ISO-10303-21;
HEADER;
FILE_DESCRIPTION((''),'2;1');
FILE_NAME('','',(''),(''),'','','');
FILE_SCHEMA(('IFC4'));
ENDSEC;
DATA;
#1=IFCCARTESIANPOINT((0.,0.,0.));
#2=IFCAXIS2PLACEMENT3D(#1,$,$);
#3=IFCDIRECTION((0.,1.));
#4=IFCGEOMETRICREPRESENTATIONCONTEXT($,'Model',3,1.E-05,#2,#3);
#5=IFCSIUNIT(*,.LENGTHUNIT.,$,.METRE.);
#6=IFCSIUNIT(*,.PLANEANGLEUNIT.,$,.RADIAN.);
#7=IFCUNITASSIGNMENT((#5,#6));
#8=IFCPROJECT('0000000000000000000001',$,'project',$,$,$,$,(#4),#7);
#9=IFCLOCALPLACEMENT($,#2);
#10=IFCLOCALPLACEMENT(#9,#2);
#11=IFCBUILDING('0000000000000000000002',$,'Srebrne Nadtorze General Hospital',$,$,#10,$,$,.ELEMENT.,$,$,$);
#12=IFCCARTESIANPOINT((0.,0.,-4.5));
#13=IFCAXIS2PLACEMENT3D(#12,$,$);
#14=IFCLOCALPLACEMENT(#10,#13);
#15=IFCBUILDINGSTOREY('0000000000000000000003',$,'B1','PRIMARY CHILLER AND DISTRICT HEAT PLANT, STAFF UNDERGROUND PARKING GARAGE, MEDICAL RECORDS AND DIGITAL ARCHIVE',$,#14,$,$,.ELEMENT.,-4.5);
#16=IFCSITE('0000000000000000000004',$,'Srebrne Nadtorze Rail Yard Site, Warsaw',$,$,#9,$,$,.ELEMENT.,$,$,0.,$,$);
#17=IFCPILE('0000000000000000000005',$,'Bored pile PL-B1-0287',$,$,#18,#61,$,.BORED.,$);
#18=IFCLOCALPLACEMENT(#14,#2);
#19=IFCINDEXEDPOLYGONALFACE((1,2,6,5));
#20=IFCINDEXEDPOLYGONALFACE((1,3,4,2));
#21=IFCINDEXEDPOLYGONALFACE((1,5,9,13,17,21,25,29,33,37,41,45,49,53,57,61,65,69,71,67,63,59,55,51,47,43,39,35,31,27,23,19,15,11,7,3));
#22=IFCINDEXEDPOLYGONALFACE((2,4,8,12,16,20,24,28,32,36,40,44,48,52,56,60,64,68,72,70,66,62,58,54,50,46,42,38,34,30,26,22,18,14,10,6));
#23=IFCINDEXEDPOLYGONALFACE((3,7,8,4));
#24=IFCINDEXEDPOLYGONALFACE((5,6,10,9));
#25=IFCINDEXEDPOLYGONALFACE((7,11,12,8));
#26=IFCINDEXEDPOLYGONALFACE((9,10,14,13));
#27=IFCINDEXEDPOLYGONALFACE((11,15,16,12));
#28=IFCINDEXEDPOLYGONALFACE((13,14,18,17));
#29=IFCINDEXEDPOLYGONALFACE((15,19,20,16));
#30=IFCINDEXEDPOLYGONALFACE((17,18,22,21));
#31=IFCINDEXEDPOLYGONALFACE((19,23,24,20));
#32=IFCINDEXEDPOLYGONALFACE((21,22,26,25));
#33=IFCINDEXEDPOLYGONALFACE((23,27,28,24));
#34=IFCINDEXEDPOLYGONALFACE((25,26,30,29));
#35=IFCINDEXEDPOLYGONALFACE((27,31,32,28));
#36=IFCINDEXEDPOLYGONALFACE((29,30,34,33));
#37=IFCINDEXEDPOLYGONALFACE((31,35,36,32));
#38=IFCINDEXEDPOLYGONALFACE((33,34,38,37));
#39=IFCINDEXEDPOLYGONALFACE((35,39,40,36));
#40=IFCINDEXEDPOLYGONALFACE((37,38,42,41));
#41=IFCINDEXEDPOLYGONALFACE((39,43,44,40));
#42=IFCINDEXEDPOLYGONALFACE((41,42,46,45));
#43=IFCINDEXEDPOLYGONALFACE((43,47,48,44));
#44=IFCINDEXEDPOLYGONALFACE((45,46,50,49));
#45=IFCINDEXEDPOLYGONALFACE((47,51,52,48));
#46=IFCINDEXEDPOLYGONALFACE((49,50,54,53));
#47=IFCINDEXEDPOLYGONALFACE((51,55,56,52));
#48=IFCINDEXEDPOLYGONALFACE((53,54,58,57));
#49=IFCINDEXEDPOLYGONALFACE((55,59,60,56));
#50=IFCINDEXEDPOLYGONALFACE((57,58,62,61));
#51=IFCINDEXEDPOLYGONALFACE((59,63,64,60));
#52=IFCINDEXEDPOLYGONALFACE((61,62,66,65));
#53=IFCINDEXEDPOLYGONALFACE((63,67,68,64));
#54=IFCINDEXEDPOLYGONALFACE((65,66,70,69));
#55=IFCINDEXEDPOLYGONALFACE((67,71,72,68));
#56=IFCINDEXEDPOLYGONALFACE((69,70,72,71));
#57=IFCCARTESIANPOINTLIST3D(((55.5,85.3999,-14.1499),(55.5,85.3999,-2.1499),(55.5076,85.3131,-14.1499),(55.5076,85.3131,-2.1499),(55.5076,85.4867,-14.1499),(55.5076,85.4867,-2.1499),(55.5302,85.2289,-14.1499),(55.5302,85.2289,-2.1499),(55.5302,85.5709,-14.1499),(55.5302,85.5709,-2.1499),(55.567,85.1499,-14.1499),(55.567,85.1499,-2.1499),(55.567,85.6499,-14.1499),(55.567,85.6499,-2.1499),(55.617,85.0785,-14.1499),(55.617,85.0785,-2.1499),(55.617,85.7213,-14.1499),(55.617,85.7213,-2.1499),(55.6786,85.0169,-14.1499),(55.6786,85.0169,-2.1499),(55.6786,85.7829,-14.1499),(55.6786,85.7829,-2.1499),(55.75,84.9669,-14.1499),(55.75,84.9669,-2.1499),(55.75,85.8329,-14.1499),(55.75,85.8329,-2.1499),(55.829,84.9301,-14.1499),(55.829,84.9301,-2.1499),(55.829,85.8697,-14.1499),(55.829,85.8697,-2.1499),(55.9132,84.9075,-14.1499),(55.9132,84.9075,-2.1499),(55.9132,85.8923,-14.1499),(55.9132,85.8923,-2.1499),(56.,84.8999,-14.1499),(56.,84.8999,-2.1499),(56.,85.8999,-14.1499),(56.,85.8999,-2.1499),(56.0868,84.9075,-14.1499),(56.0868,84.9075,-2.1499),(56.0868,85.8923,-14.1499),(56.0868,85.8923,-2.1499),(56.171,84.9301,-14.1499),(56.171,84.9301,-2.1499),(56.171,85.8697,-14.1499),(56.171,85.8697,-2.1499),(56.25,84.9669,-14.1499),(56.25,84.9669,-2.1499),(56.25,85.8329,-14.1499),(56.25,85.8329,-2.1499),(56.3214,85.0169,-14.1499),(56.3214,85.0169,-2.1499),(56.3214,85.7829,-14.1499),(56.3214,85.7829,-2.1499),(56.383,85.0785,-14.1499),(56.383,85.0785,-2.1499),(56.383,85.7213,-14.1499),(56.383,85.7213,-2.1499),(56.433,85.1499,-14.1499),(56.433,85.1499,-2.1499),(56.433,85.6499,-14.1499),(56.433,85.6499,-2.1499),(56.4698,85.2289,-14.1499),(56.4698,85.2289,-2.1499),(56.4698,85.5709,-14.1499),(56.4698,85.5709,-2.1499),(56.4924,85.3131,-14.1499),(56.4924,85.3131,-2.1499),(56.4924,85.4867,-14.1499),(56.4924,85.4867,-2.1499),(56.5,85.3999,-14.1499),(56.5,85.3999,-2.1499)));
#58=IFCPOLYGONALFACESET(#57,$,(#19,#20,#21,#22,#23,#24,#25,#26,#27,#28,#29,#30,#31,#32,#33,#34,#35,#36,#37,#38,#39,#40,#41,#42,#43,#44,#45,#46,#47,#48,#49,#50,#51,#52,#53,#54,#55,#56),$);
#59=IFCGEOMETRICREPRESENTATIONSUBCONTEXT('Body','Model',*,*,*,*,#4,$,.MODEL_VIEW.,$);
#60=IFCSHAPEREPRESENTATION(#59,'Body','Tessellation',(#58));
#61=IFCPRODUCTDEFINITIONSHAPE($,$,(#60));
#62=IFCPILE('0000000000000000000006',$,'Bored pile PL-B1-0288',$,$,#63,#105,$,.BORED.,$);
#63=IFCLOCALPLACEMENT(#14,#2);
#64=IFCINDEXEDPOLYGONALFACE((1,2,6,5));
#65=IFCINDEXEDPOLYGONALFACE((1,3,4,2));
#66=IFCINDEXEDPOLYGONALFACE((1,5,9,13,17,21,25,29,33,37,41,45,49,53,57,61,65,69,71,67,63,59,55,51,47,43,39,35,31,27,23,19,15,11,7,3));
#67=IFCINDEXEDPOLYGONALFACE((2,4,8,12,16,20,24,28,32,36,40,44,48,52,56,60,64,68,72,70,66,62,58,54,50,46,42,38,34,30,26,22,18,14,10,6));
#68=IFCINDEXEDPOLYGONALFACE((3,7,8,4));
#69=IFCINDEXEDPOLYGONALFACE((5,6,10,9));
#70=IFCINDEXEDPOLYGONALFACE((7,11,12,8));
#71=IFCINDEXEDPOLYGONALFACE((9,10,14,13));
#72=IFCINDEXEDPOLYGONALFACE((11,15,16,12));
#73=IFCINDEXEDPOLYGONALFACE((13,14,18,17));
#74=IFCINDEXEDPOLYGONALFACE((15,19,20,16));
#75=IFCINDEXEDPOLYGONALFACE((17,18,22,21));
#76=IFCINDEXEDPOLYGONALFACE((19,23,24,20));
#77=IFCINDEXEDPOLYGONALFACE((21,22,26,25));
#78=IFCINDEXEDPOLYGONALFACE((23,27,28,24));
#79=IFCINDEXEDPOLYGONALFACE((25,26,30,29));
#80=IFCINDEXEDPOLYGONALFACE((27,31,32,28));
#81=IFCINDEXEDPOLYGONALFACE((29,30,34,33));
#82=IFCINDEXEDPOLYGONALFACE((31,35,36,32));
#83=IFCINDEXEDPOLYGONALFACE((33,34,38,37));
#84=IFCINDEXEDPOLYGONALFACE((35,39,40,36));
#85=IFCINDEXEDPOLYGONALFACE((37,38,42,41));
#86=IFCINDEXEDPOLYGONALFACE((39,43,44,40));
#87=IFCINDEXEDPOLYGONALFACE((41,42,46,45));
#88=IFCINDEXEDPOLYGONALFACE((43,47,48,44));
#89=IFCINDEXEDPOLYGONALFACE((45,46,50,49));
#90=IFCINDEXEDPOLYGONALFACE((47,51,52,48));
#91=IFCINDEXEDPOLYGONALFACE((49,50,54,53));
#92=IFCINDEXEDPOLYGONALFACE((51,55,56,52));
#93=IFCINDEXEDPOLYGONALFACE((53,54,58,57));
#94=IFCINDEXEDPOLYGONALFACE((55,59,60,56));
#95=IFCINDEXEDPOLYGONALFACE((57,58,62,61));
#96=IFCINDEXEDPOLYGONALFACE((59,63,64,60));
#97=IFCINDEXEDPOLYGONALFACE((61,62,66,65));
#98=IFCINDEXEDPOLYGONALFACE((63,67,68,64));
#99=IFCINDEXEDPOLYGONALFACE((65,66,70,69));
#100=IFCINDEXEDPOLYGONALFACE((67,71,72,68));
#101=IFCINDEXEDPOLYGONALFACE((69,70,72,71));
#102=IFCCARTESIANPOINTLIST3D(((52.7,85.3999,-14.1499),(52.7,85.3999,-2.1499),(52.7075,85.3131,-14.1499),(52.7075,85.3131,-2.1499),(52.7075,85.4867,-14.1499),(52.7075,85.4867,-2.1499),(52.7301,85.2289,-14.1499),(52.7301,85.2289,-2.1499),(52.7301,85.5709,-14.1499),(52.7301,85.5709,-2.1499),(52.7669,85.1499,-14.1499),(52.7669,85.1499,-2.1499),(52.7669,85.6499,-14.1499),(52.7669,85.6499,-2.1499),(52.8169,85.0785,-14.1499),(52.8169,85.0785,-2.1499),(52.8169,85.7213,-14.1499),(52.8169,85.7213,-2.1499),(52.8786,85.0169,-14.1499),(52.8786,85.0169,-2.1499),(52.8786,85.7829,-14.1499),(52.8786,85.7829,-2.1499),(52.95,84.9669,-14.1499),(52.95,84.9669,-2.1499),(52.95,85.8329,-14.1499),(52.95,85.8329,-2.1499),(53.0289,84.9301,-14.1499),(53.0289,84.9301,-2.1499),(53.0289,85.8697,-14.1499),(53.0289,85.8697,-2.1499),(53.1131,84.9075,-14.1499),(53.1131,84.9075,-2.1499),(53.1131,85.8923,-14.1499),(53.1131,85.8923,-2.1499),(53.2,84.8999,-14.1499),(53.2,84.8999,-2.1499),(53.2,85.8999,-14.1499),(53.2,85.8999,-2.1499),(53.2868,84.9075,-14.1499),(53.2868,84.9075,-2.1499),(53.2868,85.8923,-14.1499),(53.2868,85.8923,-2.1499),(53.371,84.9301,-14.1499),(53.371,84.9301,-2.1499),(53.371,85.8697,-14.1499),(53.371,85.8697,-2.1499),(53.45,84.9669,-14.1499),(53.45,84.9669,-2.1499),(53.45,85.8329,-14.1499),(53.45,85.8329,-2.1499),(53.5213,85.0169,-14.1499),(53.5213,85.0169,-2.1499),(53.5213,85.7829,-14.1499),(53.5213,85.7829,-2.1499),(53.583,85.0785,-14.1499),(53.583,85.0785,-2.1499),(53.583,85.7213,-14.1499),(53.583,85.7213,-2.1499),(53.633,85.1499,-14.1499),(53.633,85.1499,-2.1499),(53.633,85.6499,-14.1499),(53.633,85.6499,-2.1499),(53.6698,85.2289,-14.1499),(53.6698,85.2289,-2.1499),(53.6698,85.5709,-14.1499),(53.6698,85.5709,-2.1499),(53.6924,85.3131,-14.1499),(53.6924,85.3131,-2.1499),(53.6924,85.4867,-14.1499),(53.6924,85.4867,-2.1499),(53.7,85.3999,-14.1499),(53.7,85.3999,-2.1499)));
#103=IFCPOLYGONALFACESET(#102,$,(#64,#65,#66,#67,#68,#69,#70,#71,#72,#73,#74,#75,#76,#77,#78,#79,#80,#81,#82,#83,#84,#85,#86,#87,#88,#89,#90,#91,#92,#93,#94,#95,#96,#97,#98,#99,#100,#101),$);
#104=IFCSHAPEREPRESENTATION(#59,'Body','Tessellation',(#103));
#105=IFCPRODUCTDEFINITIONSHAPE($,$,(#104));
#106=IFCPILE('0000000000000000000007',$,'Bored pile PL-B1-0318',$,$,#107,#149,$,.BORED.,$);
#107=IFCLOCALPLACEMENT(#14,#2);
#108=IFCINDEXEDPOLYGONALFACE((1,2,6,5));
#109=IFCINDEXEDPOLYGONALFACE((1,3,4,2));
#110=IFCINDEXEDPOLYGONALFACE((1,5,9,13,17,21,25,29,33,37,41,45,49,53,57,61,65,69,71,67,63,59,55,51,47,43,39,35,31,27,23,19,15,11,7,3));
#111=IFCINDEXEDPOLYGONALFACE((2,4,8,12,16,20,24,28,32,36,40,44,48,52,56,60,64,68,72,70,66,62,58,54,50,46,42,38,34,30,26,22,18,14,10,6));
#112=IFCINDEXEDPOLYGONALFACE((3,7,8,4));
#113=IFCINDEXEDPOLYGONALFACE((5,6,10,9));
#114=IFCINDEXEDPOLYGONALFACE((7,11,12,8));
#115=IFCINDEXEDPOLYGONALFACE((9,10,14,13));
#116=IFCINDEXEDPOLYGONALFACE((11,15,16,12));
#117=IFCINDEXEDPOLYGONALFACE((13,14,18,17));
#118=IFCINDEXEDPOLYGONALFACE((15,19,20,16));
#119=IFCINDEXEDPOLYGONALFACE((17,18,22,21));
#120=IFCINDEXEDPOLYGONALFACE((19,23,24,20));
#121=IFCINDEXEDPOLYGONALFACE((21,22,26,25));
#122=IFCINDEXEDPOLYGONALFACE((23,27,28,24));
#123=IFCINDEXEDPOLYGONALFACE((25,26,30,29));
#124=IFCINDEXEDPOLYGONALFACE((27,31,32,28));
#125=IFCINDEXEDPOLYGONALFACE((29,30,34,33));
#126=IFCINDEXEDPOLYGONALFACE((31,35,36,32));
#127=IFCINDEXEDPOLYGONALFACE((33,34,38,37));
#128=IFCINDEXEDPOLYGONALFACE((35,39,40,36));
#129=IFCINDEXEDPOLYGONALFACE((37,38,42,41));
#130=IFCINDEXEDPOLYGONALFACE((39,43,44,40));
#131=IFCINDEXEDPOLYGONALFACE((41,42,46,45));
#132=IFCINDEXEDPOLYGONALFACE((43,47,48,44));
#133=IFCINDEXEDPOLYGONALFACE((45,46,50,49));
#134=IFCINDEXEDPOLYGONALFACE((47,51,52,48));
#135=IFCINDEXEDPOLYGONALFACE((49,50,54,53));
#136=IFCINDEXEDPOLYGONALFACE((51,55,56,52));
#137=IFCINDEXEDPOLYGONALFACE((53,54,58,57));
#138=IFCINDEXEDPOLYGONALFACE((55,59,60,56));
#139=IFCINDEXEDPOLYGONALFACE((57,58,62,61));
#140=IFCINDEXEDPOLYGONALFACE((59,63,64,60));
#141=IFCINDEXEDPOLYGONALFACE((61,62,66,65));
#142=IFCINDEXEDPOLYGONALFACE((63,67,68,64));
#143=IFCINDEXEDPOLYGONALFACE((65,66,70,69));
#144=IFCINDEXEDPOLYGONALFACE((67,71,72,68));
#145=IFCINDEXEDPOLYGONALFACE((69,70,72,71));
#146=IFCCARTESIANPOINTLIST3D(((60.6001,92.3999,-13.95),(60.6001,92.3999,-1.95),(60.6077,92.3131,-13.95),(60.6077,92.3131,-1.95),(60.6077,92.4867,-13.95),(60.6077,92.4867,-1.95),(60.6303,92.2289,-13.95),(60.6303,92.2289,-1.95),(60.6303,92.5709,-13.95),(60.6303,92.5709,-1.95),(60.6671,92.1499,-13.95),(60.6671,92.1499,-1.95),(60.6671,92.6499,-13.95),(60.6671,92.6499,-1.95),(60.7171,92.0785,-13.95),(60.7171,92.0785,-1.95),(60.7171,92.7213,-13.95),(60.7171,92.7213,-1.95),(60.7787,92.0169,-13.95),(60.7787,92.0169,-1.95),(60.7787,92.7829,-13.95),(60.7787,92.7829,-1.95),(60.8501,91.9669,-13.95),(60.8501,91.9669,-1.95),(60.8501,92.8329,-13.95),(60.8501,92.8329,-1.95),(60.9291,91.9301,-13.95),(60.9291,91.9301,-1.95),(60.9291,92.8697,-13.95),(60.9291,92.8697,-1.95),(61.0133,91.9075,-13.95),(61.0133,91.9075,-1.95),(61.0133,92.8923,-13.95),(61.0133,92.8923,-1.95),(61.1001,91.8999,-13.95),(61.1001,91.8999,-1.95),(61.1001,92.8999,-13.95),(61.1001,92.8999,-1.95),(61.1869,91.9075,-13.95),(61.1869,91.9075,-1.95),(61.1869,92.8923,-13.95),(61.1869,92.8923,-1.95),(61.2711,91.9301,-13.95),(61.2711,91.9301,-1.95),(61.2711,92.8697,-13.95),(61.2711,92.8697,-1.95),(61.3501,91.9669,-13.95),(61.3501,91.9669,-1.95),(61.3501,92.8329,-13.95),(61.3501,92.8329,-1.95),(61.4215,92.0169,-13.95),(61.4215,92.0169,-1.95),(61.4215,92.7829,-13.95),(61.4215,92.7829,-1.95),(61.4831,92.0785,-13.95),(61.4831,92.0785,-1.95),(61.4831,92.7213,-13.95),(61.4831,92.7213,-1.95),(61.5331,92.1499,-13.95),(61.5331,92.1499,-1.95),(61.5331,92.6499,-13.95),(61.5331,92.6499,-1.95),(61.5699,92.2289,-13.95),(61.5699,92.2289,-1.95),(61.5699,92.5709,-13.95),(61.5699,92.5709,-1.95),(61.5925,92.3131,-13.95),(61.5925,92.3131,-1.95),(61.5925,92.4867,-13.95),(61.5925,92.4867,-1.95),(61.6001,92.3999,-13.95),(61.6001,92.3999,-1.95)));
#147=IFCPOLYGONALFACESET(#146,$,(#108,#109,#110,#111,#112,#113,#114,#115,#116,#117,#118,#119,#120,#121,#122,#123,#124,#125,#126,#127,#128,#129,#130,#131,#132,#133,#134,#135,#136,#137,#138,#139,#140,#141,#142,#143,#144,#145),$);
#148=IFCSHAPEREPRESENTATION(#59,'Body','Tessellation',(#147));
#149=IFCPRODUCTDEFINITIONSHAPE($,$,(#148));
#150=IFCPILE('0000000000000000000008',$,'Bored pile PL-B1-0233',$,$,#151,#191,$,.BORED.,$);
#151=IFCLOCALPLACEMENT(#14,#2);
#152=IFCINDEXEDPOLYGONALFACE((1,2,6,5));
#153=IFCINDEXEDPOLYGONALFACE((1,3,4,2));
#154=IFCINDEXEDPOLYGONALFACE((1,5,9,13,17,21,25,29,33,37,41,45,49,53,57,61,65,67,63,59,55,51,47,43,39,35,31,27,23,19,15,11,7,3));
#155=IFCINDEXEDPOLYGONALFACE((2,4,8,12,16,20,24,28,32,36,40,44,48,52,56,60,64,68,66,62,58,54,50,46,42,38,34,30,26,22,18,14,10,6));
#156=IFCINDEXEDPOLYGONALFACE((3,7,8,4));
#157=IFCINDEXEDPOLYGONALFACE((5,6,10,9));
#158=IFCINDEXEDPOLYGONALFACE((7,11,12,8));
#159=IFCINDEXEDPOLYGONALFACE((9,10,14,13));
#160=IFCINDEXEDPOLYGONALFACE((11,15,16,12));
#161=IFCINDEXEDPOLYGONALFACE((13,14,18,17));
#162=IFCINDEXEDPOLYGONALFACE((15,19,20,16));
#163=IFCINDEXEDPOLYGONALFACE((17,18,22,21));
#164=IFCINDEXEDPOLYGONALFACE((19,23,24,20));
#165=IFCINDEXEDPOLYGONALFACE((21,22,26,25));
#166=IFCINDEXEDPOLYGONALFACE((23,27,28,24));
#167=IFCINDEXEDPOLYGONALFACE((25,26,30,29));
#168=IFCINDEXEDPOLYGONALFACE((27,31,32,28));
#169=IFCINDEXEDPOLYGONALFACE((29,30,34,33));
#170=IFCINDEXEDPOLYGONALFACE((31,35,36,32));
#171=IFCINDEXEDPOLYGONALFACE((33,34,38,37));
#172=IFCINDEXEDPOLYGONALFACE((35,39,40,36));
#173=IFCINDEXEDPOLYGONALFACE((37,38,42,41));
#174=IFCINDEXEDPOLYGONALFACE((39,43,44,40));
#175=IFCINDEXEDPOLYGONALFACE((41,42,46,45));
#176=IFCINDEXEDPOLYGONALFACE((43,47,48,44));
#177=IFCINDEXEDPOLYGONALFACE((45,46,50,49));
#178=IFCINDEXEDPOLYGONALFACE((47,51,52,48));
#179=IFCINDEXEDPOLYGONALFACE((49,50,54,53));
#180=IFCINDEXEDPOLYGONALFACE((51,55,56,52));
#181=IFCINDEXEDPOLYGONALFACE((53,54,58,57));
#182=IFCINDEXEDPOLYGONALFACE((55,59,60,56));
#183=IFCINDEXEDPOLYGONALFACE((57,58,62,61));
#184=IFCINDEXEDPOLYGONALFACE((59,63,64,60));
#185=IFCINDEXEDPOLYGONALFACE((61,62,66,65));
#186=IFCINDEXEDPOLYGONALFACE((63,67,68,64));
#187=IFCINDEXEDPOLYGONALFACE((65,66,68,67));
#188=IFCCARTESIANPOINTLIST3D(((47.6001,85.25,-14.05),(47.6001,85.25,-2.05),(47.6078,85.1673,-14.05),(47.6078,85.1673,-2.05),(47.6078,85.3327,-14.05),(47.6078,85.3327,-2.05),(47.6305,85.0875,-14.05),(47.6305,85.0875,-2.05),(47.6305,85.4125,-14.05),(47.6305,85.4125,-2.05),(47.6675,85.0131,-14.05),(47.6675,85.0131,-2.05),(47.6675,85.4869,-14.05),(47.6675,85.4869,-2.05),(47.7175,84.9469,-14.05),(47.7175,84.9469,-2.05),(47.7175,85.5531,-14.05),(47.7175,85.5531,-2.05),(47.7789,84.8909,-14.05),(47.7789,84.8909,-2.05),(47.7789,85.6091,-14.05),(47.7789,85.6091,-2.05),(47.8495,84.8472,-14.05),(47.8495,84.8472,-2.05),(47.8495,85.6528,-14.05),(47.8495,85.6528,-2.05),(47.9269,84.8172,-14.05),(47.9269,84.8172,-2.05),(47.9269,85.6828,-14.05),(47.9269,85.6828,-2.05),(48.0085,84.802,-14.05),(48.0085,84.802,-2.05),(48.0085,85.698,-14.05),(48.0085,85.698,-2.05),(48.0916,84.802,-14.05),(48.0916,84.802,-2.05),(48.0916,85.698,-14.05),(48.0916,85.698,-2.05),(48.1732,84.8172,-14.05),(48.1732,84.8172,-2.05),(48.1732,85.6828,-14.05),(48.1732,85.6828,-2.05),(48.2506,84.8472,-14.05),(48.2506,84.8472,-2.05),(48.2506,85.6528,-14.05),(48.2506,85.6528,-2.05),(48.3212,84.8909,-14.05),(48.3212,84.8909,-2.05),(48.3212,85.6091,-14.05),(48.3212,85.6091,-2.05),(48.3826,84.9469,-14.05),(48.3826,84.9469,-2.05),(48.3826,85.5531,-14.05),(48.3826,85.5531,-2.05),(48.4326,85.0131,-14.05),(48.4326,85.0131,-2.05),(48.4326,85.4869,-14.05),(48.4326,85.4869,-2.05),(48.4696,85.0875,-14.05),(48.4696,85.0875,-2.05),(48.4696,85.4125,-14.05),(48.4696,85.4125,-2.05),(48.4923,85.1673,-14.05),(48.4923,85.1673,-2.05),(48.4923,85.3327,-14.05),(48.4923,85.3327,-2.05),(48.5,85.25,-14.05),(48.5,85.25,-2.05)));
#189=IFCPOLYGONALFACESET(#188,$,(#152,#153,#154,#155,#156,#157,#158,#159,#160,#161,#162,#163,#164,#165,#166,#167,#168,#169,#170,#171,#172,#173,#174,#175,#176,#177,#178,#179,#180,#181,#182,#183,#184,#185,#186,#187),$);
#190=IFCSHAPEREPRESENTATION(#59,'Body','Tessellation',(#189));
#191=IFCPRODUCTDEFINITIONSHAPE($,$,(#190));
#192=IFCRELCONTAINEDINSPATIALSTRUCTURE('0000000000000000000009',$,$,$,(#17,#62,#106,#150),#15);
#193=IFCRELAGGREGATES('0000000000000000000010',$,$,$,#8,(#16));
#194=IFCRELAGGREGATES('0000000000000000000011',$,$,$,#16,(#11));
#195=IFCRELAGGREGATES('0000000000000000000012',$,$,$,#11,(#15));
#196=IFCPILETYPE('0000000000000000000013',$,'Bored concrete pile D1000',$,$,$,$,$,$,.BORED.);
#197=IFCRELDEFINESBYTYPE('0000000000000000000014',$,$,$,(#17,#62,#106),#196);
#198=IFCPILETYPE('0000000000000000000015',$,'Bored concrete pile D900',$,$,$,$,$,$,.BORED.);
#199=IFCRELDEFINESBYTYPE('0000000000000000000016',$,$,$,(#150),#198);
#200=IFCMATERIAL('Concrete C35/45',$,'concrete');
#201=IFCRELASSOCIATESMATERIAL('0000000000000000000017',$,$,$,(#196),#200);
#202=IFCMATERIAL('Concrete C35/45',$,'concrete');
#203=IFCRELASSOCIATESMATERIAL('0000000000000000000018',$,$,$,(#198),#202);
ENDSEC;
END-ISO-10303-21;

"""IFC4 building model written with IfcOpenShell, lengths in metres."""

from ifc_helpers import new_model, si_unit, direction, frame, origin, origin_2d, place, context, subcontext, project, spatial, circle, extrude, material, material_profile, profile_set, type_object, element, save


model = new_model("IFC4")

# Units and contexts
model_context = context("Model", 3, precision=1e-05, world=origin(), true_north=direction((0.0, 1.0)))
body_context = subcontext(model_context, "Body", "Model", "MODEL_VIEW")
ifc_project = project(units=[si_unit("LENGTHUNIT", "METRE"), si_unit("PLANEANGLEUNIT", "RADIAN")], contexts=[model_context])

# Site, building, storey
site_placement = place(None, origin())
site = spatial("IfcSite", under=ifc_project, at=site_placement, Name="Srebrne Nadtorze Rail Yard Site, Warsaw", CompositionType="ELEMENT", RefElevation=0.0)
building_placement = place(site_placement, origin())
building = spatial("IfcBuilding", under=site, at=building_placement, Name="Srebrne Nadtorze General Hospital", CompositionType="ELEMENT")
storey_placement = place(building_placement, frame((0.0, 0.0, -4.5)))
storey = spatial("IfcBuildingStorey", under=building, at=storey_placement, Name="B1", Description="PRIMARY CHILLER AND DISTRICT HEAT PLANT, STAFF UNDERGROUND PARKING GARAGE, MEDICAL RECORDS AND DIGITAL ARCHIVE", CompositionType="ELEMENT", Elevation=-4.5)

# Piles
ifc_material_1 = material(Name="Concrete C35/45", Category="concrete")
ifc_material_profile_1 = material_profile(ifc_material_1, circle(Radius=0.5, at=origin_2d()), Name="PILE-D1000")
ifc_profile_set_1 = profile_set([ifc_material_profile_1], Name="Concrete C35/45")
pile_type_1 = type_object("IfcPileType", Name="Bored concrete pile D1000", PredefinedType="BORED", material=ifc_profile_set_1)
for number, where, z_axis, x_axis, name in (
    (1, (56.0, 85.3999, -2.1499), (0.0, 0.0, -1.0), (1.0, 0.0, 0.0), "Bored pile PL-B1-0287"),
    (2, (53.2, 85.3999, -2.1499), (0.0, 0.0, -1.0), (1.0, 0.0, 0.0), "Bored pile PL-B1-0288"),
    (3, (61.1001, 92.3999, -1.95), (0.0, 0.0, -1.0), (1.0, 0.0, 0.0), "Bored pile PL-B1-0318"),
):
    element("IfcPile", number, at=place(storey_placement, frame(where, z_axis=z_axis, x_axis=x_axis)), inside=storey, type_object=pile_type_1, Name=name, PredefinedType="BORED", context=body_context, shape_type="SweptSolid", body=[
        extrude(circle(Radius=0.5, at=origin_2d()), origin(), (0.0, 0.0, 1.0), 12.0),
    ])
ifc_material_2 = material(Name="Concrete C35/45", Category="concrete")
ifc_material_profile_2 = material_profile(ifc_material_2, circle(Radius=0.45, at=origin_2d()), Name="PILE-D900")
ifc_profile_set_2 = profile_set([ifc_material_profile_2], Name="Concrete C35/45")
pile_type_2 = type_object("IfcPileType", Name="Bored concrete pile D900", PredefinedType="BORED", material=ifc_profile_set_2)
for number, where, z_axis, x_axis, name in (
    (4, (48.05, 85.25, -2.05), (0.0, 0.0, -1.0), (1.0, 0.0, 0.0), "Bored pile PL-B1-0233"),
):
    element("IfcPile", number, at=place(storey_placement, frame(where, z_axis=z_axis, x_axis=x_axis)), inside=storey, type_object=pile_type_2, Name=name, PredefinedType="BORED", context=body_context, shape_type="SweptSolid", body=[
        extrude(circle(Radius=0.45, at=origin_2d()), origin(), (0.0, 0.0, 1.0), 12.0),
    ])

save(model, "model.ifc")
